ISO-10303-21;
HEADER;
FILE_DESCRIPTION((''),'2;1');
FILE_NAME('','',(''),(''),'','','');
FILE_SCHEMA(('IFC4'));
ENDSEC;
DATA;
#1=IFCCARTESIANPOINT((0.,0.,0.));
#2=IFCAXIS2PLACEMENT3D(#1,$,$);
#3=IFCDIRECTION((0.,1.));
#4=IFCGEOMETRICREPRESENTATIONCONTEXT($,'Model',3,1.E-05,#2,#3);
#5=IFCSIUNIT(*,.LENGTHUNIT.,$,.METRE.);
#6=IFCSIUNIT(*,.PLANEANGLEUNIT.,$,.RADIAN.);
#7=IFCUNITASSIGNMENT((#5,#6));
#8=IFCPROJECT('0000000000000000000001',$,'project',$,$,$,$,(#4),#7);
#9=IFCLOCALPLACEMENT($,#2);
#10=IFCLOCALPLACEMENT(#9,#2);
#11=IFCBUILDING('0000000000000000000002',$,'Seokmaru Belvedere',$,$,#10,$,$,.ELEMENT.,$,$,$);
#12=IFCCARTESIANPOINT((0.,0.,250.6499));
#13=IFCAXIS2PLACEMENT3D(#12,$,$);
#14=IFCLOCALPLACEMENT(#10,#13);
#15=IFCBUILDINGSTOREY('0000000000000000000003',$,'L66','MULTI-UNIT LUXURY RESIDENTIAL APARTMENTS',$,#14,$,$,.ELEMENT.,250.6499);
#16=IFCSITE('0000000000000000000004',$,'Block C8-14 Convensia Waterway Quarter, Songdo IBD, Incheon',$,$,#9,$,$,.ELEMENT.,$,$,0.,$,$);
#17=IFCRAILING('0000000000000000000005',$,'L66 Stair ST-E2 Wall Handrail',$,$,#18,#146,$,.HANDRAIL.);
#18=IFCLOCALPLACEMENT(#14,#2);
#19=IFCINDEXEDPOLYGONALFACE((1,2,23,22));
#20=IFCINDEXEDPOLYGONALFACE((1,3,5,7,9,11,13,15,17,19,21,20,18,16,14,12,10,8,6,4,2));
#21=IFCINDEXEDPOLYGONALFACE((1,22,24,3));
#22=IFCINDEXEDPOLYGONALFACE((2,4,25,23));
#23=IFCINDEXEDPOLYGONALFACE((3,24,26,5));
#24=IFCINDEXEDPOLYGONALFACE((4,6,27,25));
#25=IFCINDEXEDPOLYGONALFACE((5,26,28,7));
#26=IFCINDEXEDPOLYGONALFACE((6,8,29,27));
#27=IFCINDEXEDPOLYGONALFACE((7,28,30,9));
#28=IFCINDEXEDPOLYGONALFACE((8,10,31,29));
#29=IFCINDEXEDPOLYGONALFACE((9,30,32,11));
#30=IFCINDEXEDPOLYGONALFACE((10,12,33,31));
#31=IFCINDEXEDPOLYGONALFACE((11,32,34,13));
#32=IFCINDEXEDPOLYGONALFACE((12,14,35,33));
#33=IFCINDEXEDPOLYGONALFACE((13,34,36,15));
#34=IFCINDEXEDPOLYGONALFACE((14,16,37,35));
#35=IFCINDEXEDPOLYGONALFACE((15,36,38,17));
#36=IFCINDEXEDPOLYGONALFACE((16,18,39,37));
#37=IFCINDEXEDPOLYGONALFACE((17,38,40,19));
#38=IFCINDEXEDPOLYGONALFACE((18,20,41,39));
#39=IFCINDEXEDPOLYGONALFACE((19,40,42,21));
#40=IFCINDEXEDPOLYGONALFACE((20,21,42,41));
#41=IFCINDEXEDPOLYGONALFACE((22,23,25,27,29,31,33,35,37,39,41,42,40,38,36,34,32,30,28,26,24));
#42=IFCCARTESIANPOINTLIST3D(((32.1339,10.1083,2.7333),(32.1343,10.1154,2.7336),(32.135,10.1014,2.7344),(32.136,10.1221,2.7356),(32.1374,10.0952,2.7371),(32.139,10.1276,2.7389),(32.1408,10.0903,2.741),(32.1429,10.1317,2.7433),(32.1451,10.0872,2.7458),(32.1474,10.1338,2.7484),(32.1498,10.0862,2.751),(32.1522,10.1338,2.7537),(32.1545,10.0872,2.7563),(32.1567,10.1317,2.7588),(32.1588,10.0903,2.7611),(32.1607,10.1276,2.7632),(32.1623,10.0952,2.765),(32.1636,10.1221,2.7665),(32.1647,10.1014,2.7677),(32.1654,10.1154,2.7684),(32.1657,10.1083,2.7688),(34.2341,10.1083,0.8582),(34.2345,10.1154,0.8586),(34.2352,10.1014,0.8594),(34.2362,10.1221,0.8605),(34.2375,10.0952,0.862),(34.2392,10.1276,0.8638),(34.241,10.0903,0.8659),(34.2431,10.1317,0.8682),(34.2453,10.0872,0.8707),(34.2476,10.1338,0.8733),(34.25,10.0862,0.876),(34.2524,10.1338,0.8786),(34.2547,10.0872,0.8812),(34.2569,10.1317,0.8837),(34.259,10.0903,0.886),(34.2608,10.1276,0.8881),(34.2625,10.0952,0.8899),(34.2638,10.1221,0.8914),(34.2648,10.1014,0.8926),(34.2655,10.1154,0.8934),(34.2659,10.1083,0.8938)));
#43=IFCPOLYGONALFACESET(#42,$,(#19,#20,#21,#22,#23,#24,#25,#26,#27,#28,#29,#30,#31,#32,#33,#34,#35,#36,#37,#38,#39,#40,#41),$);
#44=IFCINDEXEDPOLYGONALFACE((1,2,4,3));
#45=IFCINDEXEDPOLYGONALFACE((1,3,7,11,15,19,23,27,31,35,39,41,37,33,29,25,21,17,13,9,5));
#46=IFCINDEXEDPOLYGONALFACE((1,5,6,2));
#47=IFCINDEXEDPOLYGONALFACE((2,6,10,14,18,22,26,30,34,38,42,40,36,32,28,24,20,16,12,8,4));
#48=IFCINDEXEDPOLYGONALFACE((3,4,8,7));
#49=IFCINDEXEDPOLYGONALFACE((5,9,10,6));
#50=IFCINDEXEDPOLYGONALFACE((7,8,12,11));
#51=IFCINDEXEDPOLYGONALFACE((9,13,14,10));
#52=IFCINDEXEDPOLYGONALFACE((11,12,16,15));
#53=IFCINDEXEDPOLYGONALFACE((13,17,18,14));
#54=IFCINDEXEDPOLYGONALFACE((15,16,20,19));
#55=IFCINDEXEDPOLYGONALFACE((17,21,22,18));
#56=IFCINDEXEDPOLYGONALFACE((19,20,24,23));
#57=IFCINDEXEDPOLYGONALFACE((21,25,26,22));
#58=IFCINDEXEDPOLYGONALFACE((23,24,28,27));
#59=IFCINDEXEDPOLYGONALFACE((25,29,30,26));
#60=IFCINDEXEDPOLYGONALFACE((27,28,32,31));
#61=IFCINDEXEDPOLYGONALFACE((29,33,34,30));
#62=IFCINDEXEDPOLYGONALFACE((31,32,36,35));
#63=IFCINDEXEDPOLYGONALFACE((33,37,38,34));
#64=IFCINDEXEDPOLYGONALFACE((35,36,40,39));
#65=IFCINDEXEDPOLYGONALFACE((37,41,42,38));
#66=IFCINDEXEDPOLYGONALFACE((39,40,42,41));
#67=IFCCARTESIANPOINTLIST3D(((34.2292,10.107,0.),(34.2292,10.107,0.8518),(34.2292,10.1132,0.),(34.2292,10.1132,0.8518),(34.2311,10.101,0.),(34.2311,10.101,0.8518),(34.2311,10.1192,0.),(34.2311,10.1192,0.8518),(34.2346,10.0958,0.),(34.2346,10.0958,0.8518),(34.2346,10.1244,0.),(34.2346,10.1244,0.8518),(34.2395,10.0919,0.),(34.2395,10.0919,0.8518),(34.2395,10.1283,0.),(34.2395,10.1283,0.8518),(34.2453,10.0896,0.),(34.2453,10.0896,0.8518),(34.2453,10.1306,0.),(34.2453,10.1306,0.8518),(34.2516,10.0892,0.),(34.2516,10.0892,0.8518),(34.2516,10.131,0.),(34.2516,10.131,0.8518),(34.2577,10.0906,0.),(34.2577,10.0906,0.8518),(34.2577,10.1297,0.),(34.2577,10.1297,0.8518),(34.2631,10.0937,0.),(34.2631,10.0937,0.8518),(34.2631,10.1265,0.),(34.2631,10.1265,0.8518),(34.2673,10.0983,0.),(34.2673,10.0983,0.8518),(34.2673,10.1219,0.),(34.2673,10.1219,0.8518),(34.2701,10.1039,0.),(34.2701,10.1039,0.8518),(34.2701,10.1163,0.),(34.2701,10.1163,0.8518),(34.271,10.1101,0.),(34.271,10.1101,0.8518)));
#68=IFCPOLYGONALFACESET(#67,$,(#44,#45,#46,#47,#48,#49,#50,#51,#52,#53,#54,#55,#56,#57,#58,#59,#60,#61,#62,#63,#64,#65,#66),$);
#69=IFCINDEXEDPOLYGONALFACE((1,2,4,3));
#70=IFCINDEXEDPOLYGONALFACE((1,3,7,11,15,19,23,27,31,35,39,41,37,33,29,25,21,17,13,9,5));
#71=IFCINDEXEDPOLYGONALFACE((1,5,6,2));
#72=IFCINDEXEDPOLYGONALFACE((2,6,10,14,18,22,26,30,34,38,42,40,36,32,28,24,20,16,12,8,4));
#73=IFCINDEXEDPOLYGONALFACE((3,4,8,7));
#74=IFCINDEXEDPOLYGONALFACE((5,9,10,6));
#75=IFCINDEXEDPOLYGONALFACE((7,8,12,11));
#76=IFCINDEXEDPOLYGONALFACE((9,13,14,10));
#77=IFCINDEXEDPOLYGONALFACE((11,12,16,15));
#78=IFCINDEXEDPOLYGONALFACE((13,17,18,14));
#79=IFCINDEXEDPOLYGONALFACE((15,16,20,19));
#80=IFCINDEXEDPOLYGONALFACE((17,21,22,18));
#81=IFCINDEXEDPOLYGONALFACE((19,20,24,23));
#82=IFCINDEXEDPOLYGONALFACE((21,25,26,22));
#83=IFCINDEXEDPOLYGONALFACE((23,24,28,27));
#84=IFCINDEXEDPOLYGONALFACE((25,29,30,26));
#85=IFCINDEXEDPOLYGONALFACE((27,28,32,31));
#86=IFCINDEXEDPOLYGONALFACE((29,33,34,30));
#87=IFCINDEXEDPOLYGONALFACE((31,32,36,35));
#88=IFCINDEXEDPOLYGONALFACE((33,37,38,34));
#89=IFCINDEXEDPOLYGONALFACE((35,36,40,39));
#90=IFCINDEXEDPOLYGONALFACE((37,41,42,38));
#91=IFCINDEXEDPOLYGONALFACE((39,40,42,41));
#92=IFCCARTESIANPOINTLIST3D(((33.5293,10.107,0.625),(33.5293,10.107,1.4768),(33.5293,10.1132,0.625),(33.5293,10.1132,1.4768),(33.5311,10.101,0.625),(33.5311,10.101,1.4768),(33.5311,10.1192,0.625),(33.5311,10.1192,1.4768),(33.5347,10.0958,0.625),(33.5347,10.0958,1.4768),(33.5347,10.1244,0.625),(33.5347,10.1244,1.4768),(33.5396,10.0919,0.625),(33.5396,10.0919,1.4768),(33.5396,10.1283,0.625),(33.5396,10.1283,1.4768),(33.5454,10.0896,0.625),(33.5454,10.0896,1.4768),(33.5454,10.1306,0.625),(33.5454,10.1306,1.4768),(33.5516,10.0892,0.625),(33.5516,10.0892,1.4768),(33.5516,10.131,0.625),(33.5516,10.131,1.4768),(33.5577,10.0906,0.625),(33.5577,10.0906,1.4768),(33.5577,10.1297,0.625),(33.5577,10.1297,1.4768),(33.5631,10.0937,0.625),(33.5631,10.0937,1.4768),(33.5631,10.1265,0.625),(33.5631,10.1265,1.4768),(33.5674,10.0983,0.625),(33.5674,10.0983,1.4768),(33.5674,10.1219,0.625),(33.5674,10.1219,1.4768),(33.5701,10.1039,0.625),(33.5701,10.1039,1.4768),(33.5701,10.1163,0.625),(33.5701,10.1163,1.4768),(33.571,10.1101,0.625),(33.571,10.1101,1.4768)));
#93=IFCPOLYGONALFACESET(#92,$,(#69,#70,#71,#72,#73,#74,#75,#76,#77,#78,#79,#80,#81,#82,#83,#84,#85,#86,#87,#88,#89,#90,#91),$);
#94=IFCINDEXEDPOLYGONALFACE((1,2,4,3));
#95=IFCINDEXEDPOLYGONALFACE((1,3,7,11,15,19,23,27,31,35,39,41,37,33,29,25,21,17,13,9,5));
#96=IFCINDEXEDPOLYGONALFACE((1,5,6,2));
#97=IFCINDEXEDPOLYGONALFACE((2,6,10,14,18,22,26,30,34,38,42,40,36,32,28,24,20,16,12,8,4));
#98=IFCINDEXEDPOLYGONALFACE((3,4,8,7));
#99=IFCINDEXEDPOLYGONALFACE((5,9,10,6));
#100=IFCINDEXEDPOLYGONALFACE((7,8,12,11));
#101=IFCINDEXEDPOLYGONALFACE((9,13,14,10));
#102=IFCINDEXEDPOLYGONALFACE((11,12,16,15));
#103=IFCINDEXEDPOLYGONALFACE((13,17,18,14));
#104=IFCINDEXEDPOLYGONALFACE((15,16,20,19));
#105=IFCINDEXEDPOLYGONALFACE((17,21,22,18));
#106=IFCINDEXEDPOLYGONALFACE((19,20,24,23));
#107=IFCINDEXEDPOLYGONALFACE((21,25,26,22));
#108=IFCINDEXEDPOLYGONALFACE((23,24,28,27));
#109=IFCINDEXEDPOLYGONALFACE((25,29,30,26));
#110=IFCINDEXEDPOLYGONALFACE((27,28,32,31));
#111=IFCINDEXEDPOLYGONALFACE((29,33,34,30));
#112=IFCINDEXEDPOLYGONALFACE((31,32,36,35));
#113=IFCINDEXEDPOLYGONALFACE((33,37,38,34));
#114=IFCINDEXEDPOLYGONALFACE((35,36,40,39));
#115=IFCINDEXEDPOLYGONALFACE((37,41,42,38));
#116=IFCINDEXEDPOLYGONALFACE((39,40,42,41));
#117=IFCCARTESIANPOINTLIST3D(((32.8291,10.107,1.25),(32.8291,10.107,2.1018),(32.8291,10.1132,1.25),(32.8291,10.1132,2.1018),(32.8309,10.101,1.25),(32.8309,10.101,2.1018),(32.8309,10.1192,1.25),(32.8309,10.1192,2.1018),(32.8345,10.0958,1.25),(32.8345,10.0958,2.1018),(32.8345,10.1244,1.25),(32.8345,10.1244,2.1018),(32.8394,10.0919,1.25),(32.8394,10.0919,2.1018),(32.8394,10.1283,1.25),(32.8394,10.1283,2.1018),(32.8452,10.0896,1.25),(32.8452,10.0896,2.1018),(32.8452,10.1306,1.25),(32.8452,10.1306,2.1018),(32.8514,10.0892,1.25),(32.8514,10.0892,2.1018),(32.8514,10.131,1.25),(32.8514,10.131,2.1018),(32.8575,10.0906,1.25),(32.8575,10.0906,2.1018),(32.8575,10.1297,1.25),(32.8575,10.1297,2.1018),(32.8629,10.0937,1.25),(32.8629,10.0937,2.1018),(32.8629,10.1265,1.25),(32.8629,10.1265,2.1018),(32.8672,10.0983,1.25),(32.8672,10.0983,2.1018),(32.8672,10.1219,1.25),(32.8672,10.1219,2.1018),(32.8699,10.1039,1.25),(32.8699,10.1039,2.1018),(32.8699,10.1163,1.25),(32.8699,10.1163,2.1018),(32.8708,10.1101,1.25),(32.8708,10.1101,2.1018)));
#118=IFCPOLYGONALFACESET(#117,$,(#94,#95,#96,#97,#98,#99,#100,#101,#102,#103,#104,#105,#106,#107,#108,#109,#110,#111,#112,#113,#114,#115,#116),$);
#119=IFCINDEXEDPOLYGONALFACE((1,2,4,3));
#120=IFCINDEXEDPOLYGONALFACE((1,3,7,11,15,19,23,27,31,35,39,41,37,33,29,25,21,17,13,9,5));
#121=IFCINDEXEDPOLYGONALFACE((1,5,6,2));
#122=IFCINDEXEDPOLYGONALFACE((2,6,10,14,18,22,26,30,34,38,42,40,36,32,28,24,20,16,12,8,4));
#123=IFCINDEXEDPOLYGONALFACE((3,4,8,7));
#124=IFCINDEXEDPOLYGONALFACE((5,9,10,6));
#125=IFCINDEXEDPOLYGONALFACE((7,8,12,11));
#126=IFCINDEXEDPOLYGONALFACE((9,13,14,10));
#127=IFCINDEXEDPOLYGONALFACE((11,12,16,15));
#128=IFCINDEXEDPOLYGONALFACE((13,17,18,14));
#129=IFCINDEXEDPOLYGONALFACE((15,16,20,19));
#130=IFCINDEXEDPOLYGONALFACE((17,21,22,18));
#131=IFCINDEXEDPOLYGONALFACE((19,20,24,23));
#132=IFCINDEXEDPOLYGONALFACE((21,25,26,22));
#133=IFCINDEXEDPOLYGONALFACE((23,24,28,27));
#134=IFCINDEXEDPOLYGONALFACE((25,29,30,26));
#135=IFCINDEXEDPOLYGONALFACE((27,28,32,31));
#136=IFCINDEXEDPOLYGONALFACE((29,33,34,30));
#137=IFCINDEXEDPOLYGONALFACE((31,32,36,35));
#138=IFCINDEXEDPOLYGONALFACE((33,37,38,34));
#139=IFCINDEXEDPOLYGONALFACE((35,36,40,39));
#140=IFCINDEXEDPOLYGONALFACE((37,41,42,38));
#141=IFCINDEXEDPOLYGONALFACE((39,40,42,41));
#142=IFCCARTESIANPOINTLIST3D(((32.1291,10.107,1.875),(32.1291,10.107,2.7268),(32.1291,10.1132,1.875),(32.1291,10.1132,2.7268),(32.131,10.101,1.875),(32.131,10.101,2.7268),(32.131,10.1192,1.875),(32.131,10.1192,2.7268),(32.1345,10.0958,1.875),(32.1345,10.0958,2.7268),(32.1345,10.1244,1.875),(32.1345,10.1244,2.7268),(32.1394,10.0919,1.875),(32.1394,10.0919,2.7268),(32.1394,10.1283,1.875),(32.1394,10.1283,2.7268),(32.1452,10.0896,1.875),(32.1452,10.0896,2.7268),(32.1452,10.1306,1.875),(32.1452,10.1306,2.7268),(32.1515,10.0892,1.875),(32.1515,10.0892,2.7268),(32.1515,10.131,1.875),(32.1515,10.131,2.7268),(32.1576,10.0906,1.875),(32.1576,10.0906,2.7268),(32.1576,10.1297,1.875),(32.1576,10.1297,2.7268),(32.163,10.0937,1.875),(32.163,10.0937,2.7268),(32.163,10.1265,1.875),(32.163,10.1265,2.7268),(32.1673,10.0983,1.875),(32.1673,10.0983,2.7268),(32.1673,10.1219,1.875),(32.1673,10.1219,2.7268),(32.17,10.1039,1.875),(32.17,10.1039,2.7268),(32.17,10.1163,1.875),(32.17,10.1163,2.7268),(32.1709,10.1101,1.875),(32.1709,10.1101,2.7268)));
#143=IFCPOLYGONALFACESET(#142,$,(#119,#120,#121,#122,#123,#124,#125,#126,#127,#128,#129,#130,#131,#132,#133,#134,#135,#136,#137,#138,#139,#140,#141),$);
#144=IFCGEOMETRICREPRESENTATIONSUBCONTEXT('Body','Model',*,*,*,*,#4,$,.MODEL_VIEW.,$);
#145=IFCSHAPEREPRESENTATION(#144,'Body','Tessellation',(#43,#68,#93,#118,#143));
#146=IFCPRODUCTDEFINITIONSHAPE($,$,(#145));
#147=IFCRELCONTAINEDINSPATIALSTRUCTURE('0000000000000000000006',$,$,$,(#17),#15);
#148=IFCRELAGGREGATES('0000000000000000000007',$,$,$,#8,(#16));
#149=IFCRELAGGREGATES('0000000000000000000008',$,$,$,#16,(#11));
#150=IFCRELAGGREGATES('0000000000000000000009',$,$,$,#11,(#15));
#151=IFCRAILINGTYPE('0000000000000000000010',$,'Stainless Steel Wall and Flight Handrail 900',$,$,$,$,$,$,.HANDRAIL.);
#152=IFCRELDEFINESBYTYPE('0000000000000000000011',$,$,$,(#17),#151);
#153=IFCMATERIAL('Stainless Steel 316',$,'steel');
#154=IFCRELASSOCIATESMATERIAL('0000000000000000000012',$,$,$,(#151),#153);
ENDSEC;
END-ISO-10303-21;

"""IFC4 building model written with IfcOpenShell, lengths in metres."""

from ifc_helpers import new_model, si_unit, direction, frame, origin, origin_2d, place, context, subcontext, project, spatial, circle, extrude, material, type_object, element, save


model = new_model("IFC4")

# Units and contexts
model_context = context("Model", 3, precision=1e-05, world=origin(), true_north=direction((0.0, 1.0)))
body_context = subcontext(model_context, "Body", "Model", "MODEL_VIEW")
ifc_project = project(units=[si_unit("LENGTHUNIT", "METRE"), si_unit("PLANEANGLEUNIT", "RADIAN")], contexts=[model_context])

# Site, building, storey
site_placement = place(None, origin())
site = spatial("IfcSite", under=ifc_project, at=site_placement, Name="Block C8-14 Convensia Waterway Quarter, Songdo IBD, Incheon", CompositionType="ELEMENT", RefElevation=0.0)
building_placement = place(site_placement, origin())
building = spatial("IfcBuilding", under=site, at=building_placement, Name="Seokmaru Belvedere", CompositionType="ELEMENT")
storey_placement = place(building_placement, frame((0.0, 0.0, 250.6499)))
storey = spatial("IfcBuildingStorey", under=building, at=storey_placement, Name="L66", Description="MULTI-UNIT LUXURY RESIDENTIAL APARTMENTS", CompositionType="ELEMENT", Elevation=250.6499)

# Shared definitions
ifc_material_1 = material(Name="Stainless Steel 316", Category="steel")

# Railing
railing_type_1 = type_object("IfcRailingType", Name="Stainless Steel Wall and Flight Handrail 900", PredefinedType="HANDRAIL", material=ifc_material_1)
railing_1_placement = place(storey_placement, frame((34.25, 10.1101, 0.0)))
element("IfcRailing", 1, at=railing_1_placement, inside=storey, type_object=railing_type_1, Name="L66 Stair ST-E2 Wall Handrail", PredefinedType="HANDRAIL", context=body_context, shape_type="SweptSolid", body=[
    extrude(circle(Radius=0.0239, at=origin_2d()), frame((0.0, 0.0, 0.876), z_axis=(-0.745953, 0.0, 0.665999), x_axis=(0.0, -1.0, 0.0)), (0.0, 0.0, 1.0), 2.8154),
    extrude(circle(Radius=0.021, at=origin_2d()), origin(), (0.0, 0.0, 1.0), 0.8518),
    extrude(circle(Radius=0.021, at=origin_2d()), frame((-0.7, 0.0, 0.625)), (0.0, 0.0, 1.0), 0.8518),
    extrude(circle(Radius=0.021, at=origin_2d()), frame((-1.4001, 0.0, 1.25)), (0.0, 0.0, 1.0), 0.8518),
    extrude(circle(Radius=0.021, at=origin_2d()), frame((-2.1001, 0.0, 1.875)), (0.0, 0.0, 1.0), 0.8518),
])

save(model, "model.ifc")
